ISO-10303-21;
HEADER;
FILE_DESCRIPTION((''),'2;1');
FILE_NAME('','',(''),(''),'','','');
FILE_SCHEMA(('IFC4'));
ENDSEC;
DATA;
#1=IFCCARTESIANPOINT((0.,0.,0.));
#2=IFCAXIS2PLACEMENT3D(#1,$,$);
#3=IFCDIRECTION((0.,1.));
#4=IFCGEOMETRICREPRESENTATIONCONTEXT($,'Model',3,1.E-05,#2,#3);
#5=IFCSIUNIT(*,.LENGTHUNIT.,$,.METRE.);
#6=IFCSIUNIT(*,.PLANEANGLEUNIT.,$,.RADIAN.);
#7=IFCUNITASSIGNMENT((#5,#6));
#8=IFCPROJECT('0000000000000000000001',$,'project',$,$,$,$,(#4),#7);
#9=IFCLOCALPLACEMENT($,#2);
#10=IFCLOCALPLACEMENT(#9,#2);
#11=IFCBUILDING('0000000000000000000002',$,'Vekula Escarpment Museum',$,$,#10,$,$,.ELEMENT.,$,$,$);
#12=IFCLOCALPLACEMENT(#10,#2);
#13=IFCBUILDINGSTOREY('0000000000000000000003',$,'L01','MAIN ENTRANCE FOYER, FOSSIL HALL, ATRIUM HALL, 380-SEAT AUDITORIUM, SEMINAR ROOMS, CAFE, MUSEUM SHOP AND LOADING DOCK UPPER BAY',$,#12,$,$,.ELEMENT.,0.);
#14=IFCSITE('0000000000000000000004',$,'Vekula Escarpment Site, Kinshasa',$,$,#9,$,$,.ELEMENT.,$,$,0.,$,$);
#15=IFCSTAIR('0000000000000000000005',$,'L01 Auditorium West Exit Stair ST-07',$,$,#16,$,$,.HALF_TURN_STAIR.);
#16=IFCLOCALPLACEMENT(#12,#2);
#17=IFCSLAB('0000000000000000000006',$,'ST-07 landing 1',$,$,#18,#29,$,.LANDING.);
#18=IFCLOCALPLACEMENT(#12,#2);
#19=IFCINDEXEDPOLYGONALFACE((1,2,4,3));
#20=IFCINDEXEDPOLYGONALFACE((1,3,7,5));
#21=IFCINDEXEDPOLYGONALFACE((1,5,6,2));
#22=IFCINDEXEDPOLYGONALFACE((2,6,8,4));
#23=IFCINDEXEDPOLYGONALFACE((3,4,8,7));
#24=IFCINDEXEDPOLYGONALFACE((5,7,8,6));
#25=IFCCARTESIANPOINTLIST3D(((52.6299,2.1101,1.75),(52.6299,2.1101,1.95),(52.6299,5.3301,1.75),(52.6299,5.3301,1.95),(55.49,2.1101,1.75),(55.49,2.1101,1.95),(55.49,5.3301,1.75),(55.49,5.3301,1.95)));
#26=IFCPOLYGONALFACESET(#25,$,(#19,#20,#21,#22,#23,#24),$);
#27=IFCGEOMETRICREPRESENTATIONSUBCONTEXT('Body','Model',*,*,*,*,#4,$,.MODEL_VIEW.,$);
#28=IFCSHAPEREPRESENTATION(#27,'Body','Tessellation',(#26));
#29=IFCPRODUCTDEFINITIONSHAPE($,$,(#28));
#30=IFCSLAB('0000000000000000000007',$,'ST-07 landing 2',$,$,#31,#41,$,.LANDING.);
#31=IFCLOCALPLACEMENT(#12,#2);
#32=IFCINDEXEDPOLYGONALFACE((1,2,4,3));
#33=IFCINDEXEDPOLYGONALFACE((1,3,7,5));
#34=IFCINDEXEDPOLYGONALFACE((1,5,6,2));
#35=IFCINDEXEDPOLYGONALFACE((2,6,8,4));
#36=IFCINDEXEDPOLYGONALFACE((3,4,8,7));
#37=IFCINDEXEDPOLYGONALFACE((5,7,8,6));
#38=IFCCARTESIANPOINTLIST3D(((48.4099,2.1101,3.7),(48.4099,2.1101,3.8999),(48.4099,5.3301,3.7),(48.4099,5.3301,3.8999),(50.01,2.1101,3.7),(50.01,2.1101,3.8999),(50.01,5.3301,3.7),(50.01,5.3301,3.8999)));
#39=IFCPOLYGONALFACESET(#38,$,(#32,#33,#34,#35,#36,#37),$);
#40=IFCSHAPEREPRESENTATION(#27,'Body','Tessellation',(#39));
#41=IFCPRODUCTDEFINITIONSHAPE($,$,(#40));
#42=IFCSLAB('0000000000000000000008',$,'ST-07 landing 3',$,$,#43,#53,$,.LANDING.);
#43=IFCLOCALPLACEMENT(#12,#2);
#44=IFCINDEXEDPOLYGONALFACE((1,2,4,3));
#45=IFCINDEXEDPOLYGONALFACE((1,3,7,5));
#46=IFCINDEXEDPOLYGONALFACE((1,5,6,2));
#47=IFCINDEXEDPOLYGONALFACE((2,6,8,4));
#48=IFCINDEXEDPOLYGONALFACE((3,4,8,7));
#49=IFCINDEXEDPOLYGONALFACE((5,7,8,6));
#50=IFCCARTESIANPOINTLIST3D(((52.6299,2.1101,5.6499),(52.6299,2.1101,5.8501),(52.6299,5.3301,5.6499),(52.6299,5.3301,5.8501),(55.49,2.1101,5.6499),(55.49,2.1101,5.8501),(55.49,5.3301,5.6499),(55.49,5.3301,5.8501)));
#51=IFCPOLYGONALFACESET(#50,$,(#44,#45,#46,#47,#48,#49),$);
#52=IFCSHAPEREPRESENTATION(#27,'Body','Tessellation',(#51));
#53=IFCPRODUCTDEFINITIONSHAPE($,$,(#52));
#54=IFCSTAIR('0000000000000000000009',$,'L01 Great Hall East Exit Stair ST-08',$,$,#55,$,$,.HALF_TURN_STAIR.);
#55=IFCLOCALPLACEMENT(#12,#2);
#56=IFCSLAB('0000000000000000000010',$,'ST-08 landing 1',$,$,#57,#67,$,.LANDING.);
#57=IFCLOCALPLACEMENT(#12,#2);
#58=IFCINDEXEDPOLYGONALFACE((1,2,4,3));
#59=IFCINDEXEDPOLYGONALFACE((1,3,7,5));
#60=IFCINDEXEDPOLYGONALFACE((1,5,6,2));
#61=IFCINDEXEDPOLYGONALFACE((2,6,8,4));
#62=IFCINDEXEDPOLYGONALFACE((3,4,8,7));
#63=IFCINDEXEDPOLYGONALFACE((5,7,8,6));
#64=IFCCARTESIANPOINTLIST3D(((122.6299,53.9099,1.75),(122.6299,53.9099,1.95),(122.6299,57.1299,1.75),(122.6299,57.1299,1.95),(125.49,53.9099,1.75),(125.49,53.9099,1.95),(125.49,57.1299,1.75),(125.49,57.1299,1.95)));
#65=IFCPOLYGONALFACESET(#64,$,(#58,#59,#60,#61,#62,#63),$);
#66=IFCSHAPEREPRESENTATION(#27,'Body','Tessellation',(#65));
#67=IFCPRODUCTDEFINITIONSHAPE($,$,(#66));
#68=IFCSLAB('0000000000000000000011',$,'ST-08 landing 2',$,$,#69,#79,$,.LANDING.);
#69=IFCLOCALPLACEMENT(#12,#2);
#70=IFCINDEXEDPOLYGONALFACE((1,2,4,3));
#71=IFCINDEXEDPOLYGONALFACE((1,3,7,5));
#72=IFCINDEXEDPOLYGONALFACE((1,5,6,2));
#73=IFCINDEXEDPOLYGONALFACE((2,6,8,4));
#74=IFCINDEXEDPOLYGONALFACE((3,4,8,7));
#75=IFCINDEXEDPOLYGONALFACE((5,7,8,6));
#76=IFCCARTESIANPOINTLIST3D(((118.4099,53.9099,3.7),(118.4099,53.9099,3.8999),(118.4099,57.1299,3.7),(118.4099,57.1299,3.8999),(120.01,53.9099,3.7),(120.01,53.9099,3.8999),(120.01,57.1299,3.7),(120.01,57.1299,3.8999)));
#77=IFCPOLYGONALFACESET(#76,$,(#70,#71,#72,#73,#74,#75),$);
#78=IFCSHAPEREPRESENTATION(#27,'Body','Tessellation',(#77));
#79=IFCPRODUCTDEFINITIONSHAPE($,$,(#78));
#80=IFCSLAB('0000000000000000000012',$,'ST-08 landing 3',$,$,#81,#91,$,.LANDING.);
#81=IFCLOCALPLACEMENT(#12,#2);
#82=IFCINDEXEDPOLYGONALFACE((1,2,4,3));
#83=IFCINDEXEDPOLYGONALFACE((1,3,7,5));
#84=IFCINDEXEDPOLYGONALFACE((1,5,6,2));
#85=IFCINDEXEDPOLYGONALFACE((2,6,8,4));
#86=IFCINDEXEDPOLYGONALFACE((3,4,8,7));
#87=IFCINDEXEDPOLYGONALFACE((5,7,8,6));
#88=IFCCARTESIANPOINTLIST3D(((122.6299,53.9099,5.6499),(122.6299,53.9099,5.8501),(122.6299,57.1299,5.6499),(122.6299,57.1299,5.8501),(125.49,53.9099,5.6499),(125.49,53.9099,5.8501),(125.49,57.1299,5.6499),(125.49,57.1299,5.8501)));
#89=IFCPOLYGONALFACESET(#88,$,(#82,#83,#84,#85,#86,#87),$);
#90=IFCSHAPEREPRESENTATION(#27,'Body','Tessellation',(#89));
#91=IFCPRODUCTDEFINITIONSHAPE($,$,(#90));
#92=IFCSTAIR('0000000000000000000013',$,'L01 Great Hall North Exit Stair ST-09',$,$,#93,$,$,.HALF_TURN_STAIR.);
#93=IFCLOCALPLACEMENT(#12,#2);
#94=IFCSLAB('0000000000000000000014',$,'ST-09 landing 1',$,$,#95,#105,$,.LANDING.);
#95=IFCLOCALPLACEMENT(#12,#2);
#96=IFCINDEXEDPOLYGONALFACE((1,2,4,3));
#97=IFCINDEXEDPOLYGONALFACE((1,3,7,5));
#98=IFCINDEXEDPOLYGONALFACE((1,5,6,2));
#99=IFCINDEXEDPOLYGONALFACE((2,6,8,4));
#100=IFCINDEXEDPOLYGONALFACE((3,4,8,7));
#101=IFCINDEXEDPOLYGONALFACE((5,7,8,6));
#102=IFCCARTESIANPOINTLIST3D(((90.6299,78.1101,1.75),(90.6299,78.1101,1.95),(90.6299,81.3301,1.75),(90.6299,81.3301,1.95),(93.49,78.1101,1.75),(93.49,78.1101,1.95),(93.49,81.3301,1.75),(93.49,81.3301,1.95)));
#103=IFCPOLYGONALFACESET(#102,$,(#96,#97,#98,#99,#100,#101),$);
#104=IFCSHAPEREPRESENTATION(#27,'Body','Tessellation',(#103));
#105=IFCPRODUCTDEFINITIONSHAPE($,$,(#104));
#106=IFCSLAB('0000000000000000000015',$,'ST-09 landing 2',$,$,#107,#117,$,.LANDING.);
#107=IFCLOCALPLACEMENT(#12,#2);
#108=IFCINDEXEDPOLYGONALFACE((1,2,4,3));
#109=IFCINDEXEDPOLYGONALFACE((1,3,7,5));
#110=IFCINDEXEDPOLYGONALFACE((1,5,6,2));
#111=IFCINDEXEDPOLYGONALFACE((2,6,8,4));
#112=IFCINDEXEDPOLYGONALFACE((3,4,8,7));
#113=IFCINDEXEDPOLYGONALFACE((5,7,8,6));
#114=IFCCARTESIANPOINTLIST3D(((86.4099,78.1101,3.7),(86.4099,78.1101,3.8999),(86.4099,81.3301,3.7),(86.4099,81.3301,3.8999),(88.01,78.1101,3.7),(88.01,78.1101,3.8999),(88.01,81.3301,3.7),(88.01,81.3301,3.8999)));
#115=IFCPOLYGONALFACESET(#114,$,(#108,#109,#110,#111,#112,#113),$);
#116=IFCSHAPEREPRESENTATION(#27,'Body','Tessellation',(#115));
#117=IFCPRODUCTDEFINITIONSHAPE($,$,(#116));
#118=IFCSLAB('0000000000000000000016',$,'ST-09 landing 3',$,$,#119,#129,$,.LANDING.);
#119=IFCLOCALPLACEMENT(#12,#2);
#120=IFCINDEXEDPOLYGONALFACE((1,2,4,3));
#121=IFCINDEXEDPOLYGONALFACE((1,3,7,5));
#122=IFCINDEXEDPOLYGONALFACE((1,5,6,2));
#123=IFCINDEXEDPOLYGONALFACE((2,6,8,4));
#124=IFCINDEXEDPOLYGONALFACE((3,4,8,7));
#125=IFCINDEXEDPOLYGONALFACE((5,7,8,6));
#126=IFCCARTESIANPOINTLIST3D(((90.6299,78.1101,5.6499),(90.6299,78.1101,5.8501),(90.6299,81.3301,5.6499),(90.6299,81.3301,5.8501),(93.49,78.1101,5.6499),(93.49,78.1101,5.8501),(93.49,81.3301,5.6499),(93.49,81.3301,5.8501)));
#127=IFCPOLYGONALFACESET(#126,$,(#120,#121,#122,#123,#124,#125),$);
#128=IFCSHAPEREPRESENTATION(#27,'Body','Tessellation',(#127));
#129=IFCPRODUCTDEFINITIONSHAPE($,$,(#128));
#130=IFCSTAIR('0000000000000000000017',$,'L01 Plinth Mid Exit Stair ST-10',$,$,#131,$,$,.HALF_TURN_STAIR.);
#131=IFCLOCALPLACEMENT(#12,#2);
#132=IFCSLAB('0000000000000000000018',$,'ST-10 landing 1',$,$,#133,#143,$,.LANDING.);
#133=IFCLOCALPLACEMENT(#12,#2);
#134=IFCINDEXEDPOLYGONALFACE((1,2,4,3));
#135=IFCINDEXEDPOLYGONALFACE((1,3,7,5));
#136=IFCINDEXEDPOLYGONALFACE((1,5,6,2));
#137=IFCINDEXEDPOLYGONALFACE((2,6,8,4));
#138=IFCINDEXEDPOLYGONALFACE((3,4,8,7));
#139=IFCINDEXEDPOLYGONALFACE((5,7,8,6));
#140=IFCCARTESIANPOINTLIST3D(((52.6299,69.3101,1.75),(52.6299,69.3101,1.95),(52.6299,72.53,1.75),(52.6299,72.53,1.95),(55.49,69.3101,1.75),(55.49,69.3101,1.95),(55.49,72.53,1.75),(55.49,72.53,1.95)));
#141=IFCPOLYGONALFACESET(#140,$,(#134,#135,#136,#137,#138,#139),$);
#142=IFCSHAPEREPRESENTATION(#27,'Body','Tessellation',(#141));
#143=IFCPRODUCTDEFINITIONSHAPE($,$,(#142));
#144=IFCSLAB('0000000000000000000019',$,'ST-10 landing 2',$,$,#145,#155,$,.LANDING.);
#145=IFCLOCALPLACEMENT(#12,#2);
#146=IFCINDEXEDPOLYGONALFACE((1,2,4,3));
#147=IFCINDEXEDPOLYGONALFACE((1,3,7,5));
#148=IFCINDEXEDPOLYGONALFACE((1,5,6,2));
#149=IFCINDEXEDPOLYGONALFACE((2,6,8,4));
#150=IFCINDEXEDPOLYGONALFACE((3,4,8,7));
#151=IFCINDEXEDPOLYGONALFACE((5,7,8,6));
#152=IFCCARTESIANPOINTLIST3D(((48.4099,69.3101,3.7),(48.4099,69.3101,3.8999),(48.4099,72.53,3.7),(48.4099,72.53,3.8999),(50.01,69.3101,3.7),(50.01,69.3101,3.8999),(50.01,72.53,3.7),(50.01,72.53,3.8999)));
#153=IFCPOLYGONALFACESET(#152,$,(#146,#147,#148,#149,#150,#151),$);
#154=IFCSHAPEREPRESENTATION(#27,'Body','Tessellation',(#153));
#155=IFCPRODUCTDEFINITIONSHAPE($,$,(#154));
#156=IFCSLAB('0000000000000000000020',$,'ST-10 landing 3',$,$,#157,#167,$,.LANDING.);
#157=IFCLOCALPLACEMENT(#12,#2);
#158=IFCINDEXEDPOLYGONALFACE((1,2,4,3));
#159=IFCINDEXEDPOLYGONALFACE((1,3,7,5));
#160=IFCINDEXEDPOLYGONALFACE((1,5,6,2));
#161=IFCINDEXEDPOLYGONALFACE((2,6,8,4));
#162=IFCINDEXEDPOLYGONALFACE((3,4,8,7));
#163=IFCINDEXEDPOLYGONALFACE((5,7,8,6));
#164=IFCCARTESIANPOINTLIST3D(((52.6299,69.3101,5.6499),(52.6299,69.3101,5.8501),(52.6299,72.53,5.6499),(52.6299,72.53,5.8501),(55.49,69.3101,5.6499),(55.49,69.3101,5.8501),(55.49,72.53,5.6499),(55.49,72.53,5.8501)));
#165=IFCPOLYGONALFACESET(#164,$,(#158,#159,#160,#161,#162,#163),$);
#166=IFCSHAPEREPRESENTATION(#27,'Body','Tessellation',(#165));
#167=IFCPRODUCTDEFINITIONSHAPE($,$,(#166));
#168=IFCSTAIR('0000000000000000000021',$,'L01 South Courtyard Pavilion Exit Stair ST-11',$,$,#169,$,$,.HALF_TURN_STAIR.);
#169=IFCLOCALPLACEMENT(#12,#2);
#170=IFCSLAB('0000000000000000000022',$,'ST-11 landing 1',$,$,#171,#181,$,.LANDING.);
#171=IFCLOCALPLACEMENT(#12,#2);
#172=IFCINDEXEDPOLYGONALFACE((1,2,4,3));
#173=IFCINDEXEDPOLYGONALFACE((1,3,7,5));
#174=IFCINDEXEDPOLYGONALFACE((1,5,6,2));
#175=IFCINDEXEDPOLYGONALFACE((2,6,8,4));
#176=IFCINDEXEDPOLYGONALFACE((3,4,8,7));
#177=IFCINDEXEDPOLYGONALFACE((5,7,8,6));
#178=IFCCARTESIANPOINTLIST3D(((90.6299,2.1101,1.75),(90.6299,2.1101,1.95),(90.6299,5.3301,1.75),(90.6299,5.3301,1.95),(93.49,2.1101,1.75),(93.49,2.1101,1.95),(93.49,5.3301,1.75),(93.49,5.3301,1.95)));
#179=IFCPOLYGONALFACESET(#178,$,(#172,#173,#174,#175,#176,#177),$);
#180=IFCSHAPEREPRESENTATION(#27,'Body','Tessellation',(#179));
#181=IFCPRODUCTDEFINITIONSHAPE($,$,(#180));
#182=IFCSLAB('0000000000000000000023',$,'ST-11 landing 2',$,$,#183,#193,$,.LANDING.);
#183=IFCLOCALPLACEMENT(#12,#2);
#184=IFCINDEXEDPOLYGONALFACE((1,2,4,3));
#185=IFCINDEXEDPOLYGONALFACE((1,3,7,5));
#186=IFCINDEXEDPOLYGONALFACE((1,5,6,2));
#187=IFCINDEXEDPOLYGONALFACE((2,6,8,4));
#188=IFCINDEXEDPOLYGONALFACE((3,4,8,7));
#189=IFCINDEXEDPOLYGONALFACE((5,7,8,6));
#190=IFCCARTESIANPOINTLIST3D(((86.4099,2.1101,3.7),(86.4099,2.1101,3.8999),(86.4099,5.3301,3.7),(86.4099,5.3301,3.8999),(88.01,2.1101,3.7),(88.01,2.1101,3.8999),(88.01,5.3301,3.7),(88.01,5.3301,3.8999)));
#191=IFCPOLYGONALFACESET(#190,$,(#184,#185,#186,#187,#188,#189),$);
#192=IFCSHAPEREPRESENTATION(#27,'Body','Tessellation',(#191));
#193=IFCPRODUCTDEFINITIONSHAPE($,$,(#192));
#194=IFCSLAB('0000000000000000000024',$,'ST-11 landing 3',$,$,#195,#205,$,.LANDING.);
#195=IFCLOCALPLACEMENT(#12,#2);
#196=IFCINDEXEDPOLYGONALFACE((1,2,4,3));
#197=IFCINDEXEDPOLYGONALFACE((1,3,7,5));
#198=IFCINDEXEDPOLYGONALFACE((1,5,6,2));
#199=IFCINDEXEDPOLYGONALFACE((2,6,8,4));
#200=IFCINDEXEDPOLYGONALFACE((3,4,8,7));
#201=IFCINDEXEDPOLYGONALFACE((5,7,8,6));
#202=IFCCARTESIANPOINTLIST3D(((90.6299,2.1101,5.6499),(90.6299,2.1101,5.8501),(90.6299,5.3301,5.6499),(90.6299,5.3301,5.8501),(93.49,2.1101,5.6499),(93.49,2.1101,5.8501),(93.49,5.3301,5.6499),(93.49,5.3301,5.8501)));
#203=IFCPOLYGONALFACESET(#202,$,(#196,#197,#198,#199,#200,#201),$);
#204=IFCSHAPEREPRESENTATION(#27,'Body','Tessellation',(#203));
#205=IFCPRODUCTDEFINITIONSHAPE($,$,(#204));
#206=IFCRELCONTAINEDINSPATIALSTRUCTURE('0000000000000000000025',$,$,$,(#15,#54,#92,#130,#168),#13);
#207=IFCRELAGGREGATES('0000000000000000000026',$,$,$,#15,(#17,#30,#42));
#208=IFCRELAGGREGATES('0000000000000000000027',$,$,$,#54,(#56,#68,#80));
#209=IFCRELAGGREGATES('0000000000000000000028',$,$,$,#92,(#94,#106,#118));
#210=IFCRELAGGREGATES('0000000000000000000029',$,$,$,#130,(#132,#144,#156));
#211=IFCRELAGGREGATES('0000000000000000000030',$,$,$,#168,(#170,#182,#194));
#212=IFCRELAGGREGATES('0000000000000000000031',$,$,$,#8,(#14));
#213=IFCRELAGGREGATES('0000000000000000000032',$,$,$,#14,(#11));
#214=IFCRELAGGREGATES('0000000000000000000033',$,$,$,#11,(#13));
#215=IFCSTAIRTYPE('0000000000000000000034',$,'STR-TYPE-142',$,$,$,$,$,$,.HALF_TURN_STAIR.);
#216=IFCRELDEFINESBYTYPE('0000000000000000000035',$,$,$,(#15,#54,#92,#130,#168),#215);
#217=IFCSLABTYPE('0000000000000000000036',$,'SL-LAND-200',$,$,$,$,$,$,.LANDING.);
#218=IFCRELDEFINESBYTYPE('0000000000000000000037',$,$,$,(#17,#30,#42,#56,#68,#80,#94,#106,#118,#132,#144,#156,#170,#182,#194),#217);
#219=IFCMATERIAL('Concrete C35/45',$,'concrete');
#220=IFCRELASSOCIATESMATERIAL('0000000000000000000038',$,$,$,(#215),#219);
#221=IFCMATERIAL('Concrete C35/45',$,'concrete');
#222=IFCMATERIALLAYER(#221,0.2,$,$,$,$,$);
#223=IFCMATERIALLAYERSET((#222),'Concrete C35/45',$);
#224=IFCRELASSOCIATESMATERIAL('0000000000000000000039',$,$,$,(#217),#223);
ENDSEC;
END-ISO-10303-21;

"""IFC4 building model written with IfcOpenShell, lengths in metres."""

from ifc_helpers import new_model, si_unit, direction, frame, origin, place, context, subcontext, project, spatial, polyline, outline, extrude, material, layer, layer_set, type_object, element, aggregate, save


model = new_model("IFC4")

# Units and contexts
model_context = context("Model", 3, precision=1e-05, world=origin(), true_north=direction((0.0, 1.0)))
body_context = subcontext(model_context, "Body", "Model", "MODEL_VIEW")
ifc_project = project(units=[si_unit("LENGTHUNIT", "METRE"), si_unit("PLANEANGLEUNIT", "RADIAN")], contexts=[model_context])

# Site, building, storey
site_placement = place(None, origin())
site = spatial("IfcSite", under=ifc_project, at=site_placement, Name="Vekula Escarpment Site, Kinshasa", CompositionType="ELEMENT", RefElevation=0.0)
building_placement = place(site_placement, origin())
building = spatial("IfcBuilding", under=site, at=building_placement, Name="Vekula Escarpment Museum", CompositionType="ELEMENT")
storey_placement = place(building_placement, origin())
storey = spatial("IfcBuildingStorey", under=building, at=storey_placement, Name="L01", Description="MAIN ENTRANCE FOYER, FOSSIL HALL, ATRIUM HALL, 380-SEAT AUDITORIUM, SEMINAR ROOMS, CAFE, MUSEUM SHOP AND LOADING DOCK UPPER BAY", CompositionType="ELEMENT", Elevation=0.0)

# Stairs, slabs
ifc_material_1 = material(Name="Concrete C35/45", Category="concrete")
stair_type_1 = type_object("IfcStairType", Name="STR-TYPE-142", PredefinedType="HALF_TURN_STAIR", material=ifc_material_1)
stair_1_placement = place(storey_placement, origin())
stair_1 = element("IfcStair", 1, at=stair_1_placement, inside=storey, type_object=stair_type_1, Name="L01 Auditorium West Exit Stair ST-07", PredefinedType="HALF_TURN_STAIR")
ifc_material_2 = material(Name="Concrete C35/45", Category="concrete")
ifc_layer_1 = layer(ifc_material_2, 0.2)
ifc_layer_set_1 = layer_set([ifc_layer_1], Name="Concrete C35/45")
slab_type = type_object("IfcSlabType", Name="SL-LAND-200", PredefinedType="LANDING", material=ifc_layer_set_1)
slab_1_placement = place(storey_placement, frame((0.0, 0.0, 1.75)))
slab_1 = element("IfcSlab", 2, at=slab_1_placement, type_object=slab_type, Name="ST-07 landing 1", PredefinedType="LANDING", context=body_context, shape_type="SweptSolid", body=[
    extrude(outline(polyline([(52.6299, 2.1101), (55.49, 2.1101), (55.49, 5.3301), (52.6299, 5.3301), (52.6299, 2.1101)])), origin(), (0.0, 0.0, 1.0), 0.2),
])
slab_2_placement = place(storey_placement, frame((0.0, 0.0, 3.7)))
slab_2 = element("IfcSlab", 3, at=slab_2_placement, type_object=slab_type, Name="ST-07 landing 2", PredefinedType="LANDING", context=body_context, shape_type="SweptSolid", body=[
    extrude(outline(polyline([(48.4099, 2.1101), (50.01, 2.1101), (50.01, 5.3301), (48.4099, 5.3301), (48.4099, 2.1101)])), origin(), (0.0, 0.0, 1.0), 0.2),
])
slab_3_placement = place(storey_placement, frame((0.0, 0.0, 5.6499)))
slab_3 = element("IfcSlab", 4, at=slab_3_placement, type_object=slab_type, Name="ST-07 landing 3", PredefinedType="LANDING", context=body_context, shape_type="SweptSolid", body=[
    extrude(outline(polyline([(52.6299, 2.1101), (55.49, 2.1101), (55.49, 5.3301), (52.6299, 5.3301), (52.6299, 2.1101)])), origin(), (0.0, 0.0, 1.0), 0.2002),
])
aggregate(stair_1, [slab_1, slab_2, slab_3])
stair_2_placement = place(storey_placement, origin())
stair_2 = element("IfcStair", 5, at=stair_2_placement, inside=storey, type_object=stair_type_1, Name="L01 Great Hall East Exit Stair ST-08", PredefinedType="HALF_TURN_STAIR")
slab_4_placement = place(storey_placement, frame((0.0, 0.0, 1.75)))
slab_4 = element("IfcSlab", 6, at=slab_4_placement, type_object=slab_type, Name="ST-08 landing 1", PredefinedType="LANDING", context=body_context, shape_type="SweptSolid", body=[
    extrude(outline(polyline([(122.6299, 53.9099), (125.49, 53.9099), (125.49, 57.1299), (122.6299, 57.1299), (122.6299, 53.9099)])), origin(), (0.0, 0.0, 1.0), 0.2),
])
slab_5_placement = place(storey_placement, frame((0.0, 0.0, 3.7)))
slab_5 = element("IfcSlab", 7, at=slab_5_placement, type_object=slab_type, Name="ST-08 landing 2", PredefinedType="LANDING", context=body_context, shape_type="SweptSolid", body=[
    extrude(outline(polyline([(118.4099, 53.9099), (120.01, 53.9099), (120.01, 57.1299), (118.4099, 57.1299), (118.4099, 53.9099)])), origin(), (0.0, 0.0, 1.0), 0.2),
])
slab_6_placement = place(storey_placement, frame((0.0, 0.0, 5.6499)))
slab_6 = element("IfcSlab", 8, at=slab_6_placement, type_object=slab_type, Name="ST-08 landing 3", PredefinedType="LANDING", context=body_context, shape_type="SweptSolid", body=[
    extrude(outline(polyline([(122.6299, 53.9099), (125.49, 53.9099), (125.49, 57.1299), (122.6299, 57.1299), (122.6299, 53.9099)])), origin(), (0.0, 0.0, 1.0), 0.2002),
])
aggregate(stair_2, [slab_4, slab_5, slab_6])
stair_3_placement = place(storey_placement, origin())
stair_3 = element("IfcStair", 9, at=stair_3_placement, inside=storey, type_object=stair_type_1, Name="L01 Great Hall North Exit Stair ST-09", PredefinedType="HALF_TURN_STAIR")
slab_7_placement = place(storey_placement, frame((0.0, 0.0, 1.75)))
slab_7 = element("IfcSlab", 10, at=slab_7_placement, type_object=slab_type, Name="ST-09 landing 1", PredefinedType="LANDING", context=body_context, shape_type="SweptSolid", body=[
    extrude(outline(polyline([(90.6299, 78.1101), (93.49, 78.1101), (93.49, 81.3301), (90.6299, 81.3301), (90.6299, 78.1101)])), origin(), (0.0, 0.0, 1.0), 0.2),
])
slab_8_placement = place(storey_placement, frame((0.0, 0.0, 3.7)))
slab_8 = element("IfcSlab", 11, at=slab_8_placement, type_object=slab_type, Name="ST-09 landing 2", PredefinedType="LANDING", context=body_context, shape_type="SweptSolid", body=[
    extrude(outline(polyline([(86.4099, 78.1101), (88.01, 78.1101), (88.01, 81.3301), (86.4099, 81.3301), (86.4099, 78.1101)])), origin(), (0.0, 0.0, 1.0), 0.2),
])
slab_9_placement = place(storey_placement, frame((0.0, 0.0, 5.6499)))
slab_9 = element("IfcSlab", 12, at=slab_9_placement, type_object=slab_type, Name="ST-09 landing 3", PredefinedType="LANDING", context=body_context, shape_type="SweptSolid", body=[
    extrude(outline(polyline([(90.6299, 78.1101), (93.49, 78.1101), (93.49, 81.3301), (90.6299, 81.3301), (90.6299, 78.1101)])), origin(), (0.0, 0.0, 1.0), 0.2002),
])
aggregate(stair_3, [slab_7, slab_8, slab_9])
stair_4_placement = place(storey_placement, origin())
stair_4 = element("IfcStair", 13, at=stair_4_placement, inside=storey, type_object=stair_type_1, Name="L01 Plinth Mid Exit Stair ST-10", PredefinedType="HALF_TURN_STAIR")
slab_10_placement = place(storey_placement, frame((0.0, 0.0, 1.75)))
slab_10 = element("IfcSlab", 14, at=slab_10_placement, type_object=slab_type, Name="ST-10 landing 1", PredefinedType="LANDING", context=body_context, shape_type="SweptSolid", body=[
    extrude(outline(polyline([(52.6299, 69.3101), (55.49, 69.3101), (55.49, 72.53), (52.6299, 72.53), (52.6299, 69.3101)])), origin(), (0.0, 0.0, 1.0), 0.2),
])
slab_11_placement = place(storey_placement, frame((0.0, 0.0, 3.7)))
slab_11 = element("IfcSlab", 15, at=slab_11_placement, type_object=slab_type, Name="ST-10 landing 2", PredefinedType="LANDING", context=body_context, shape_type="SweptSolid", body=[
    extrude(outline(polyline([(48.4099, 69.3101), (50.01, 69.3101), (50.01, 72.53), (48.4099, 72.53), (48.4099, 69.3101)])), origin(), (0.0, 0.0, 1.0), 0.2),
])
slab_12_placement = place(storey_placement, frame((0.0, 0.0, 5.6499)))
slab_12 = element("IfcSlab", 16, at=slab_12_placement, type_object=slab_type, Name="ST-10 landing 3", PredefinedType="LANDING", context=body_context, shape_type="SweptSolid", body=[
    extrude(outline(polyline([(52.6299, 69.3101), (55.49, 69.3101), (55.49, 72.53), (52.6299, 72.53), (52.6299, 69.3101)])), origin(), (0.0, 0.0, 1.0), 0.2002),
])
aggregate(stair_4, [slab_10, slab_11, slab_12])
stair_5_placement = place(storey_placement, origin())
stair_5 = element("IfcStair", 17, at=stair_5_placement, inside=storey, type_object=stair_type_1, Name="L01 South Courtyard Pavilion Exit Stair ST-11", PredefinedType="HALF_TURN_STAIR")
slab_13_placement = place(storey_placement, frame((0.0, 0.0, 1.75)))
slab_13 = element("IfcSlab", 18, at=slab_13_placement, type_object=slab_type, Name="ST-11 landing 1", PredefinedType="LANDING", context=body_context, shape_type="SweptSolid", body=[
    extrude(outline(polyline([(90.6299, 2.1101), (93.49, 2.1101), (93.49, 5.3301), (90.6299, 5.3301), (90.6299, 2.1101)])), origin(), (0.0, 0.0, 1.0), 0.2),
])
slab_14_placement = place(storey_placement, frame((0.0, 0.0, 3.7)))
slab_14 = element("IfcSlab", 19, at=slab_14_placement, type_object=slab_type, Name="ST-11 landing 2", PredefinedType="LANDING", context=body_context, shape_type="SweptSolid", body=[
    extrude(outline(polyline([(86.4099, 2.1101), (88.01, 2.1101), (88.01, 5.3301), (86.4099, 5.3301), (86.4099, 2.1101)])), origin(), (0.0, 0.0, 1.0), 0.2),
])
slab_15_placement = place(storey_placement, frame((0.0, 0.0, 5.6499)))
slab_15 = element("IfcSlab", 20, at=slab_15_placement, type_object=slab_type, Name="ST-11 landing 3", PredefinedType="LANDING", context=body_context, shape_type="SweptSolid", body=[
    extrude(outline(polyline([(90.6299, 2.1101), (93.49, 2.1101), (93.49, 5.3301), (90.6299, 5.3301), (90.6299, 2.1101)])), origin(), (0.0, 0.0, 1.0), 0.2002),
])
aggregate(stair_5, [slab_13, slab_14, slab_15])

save(model, "model.ifc")
